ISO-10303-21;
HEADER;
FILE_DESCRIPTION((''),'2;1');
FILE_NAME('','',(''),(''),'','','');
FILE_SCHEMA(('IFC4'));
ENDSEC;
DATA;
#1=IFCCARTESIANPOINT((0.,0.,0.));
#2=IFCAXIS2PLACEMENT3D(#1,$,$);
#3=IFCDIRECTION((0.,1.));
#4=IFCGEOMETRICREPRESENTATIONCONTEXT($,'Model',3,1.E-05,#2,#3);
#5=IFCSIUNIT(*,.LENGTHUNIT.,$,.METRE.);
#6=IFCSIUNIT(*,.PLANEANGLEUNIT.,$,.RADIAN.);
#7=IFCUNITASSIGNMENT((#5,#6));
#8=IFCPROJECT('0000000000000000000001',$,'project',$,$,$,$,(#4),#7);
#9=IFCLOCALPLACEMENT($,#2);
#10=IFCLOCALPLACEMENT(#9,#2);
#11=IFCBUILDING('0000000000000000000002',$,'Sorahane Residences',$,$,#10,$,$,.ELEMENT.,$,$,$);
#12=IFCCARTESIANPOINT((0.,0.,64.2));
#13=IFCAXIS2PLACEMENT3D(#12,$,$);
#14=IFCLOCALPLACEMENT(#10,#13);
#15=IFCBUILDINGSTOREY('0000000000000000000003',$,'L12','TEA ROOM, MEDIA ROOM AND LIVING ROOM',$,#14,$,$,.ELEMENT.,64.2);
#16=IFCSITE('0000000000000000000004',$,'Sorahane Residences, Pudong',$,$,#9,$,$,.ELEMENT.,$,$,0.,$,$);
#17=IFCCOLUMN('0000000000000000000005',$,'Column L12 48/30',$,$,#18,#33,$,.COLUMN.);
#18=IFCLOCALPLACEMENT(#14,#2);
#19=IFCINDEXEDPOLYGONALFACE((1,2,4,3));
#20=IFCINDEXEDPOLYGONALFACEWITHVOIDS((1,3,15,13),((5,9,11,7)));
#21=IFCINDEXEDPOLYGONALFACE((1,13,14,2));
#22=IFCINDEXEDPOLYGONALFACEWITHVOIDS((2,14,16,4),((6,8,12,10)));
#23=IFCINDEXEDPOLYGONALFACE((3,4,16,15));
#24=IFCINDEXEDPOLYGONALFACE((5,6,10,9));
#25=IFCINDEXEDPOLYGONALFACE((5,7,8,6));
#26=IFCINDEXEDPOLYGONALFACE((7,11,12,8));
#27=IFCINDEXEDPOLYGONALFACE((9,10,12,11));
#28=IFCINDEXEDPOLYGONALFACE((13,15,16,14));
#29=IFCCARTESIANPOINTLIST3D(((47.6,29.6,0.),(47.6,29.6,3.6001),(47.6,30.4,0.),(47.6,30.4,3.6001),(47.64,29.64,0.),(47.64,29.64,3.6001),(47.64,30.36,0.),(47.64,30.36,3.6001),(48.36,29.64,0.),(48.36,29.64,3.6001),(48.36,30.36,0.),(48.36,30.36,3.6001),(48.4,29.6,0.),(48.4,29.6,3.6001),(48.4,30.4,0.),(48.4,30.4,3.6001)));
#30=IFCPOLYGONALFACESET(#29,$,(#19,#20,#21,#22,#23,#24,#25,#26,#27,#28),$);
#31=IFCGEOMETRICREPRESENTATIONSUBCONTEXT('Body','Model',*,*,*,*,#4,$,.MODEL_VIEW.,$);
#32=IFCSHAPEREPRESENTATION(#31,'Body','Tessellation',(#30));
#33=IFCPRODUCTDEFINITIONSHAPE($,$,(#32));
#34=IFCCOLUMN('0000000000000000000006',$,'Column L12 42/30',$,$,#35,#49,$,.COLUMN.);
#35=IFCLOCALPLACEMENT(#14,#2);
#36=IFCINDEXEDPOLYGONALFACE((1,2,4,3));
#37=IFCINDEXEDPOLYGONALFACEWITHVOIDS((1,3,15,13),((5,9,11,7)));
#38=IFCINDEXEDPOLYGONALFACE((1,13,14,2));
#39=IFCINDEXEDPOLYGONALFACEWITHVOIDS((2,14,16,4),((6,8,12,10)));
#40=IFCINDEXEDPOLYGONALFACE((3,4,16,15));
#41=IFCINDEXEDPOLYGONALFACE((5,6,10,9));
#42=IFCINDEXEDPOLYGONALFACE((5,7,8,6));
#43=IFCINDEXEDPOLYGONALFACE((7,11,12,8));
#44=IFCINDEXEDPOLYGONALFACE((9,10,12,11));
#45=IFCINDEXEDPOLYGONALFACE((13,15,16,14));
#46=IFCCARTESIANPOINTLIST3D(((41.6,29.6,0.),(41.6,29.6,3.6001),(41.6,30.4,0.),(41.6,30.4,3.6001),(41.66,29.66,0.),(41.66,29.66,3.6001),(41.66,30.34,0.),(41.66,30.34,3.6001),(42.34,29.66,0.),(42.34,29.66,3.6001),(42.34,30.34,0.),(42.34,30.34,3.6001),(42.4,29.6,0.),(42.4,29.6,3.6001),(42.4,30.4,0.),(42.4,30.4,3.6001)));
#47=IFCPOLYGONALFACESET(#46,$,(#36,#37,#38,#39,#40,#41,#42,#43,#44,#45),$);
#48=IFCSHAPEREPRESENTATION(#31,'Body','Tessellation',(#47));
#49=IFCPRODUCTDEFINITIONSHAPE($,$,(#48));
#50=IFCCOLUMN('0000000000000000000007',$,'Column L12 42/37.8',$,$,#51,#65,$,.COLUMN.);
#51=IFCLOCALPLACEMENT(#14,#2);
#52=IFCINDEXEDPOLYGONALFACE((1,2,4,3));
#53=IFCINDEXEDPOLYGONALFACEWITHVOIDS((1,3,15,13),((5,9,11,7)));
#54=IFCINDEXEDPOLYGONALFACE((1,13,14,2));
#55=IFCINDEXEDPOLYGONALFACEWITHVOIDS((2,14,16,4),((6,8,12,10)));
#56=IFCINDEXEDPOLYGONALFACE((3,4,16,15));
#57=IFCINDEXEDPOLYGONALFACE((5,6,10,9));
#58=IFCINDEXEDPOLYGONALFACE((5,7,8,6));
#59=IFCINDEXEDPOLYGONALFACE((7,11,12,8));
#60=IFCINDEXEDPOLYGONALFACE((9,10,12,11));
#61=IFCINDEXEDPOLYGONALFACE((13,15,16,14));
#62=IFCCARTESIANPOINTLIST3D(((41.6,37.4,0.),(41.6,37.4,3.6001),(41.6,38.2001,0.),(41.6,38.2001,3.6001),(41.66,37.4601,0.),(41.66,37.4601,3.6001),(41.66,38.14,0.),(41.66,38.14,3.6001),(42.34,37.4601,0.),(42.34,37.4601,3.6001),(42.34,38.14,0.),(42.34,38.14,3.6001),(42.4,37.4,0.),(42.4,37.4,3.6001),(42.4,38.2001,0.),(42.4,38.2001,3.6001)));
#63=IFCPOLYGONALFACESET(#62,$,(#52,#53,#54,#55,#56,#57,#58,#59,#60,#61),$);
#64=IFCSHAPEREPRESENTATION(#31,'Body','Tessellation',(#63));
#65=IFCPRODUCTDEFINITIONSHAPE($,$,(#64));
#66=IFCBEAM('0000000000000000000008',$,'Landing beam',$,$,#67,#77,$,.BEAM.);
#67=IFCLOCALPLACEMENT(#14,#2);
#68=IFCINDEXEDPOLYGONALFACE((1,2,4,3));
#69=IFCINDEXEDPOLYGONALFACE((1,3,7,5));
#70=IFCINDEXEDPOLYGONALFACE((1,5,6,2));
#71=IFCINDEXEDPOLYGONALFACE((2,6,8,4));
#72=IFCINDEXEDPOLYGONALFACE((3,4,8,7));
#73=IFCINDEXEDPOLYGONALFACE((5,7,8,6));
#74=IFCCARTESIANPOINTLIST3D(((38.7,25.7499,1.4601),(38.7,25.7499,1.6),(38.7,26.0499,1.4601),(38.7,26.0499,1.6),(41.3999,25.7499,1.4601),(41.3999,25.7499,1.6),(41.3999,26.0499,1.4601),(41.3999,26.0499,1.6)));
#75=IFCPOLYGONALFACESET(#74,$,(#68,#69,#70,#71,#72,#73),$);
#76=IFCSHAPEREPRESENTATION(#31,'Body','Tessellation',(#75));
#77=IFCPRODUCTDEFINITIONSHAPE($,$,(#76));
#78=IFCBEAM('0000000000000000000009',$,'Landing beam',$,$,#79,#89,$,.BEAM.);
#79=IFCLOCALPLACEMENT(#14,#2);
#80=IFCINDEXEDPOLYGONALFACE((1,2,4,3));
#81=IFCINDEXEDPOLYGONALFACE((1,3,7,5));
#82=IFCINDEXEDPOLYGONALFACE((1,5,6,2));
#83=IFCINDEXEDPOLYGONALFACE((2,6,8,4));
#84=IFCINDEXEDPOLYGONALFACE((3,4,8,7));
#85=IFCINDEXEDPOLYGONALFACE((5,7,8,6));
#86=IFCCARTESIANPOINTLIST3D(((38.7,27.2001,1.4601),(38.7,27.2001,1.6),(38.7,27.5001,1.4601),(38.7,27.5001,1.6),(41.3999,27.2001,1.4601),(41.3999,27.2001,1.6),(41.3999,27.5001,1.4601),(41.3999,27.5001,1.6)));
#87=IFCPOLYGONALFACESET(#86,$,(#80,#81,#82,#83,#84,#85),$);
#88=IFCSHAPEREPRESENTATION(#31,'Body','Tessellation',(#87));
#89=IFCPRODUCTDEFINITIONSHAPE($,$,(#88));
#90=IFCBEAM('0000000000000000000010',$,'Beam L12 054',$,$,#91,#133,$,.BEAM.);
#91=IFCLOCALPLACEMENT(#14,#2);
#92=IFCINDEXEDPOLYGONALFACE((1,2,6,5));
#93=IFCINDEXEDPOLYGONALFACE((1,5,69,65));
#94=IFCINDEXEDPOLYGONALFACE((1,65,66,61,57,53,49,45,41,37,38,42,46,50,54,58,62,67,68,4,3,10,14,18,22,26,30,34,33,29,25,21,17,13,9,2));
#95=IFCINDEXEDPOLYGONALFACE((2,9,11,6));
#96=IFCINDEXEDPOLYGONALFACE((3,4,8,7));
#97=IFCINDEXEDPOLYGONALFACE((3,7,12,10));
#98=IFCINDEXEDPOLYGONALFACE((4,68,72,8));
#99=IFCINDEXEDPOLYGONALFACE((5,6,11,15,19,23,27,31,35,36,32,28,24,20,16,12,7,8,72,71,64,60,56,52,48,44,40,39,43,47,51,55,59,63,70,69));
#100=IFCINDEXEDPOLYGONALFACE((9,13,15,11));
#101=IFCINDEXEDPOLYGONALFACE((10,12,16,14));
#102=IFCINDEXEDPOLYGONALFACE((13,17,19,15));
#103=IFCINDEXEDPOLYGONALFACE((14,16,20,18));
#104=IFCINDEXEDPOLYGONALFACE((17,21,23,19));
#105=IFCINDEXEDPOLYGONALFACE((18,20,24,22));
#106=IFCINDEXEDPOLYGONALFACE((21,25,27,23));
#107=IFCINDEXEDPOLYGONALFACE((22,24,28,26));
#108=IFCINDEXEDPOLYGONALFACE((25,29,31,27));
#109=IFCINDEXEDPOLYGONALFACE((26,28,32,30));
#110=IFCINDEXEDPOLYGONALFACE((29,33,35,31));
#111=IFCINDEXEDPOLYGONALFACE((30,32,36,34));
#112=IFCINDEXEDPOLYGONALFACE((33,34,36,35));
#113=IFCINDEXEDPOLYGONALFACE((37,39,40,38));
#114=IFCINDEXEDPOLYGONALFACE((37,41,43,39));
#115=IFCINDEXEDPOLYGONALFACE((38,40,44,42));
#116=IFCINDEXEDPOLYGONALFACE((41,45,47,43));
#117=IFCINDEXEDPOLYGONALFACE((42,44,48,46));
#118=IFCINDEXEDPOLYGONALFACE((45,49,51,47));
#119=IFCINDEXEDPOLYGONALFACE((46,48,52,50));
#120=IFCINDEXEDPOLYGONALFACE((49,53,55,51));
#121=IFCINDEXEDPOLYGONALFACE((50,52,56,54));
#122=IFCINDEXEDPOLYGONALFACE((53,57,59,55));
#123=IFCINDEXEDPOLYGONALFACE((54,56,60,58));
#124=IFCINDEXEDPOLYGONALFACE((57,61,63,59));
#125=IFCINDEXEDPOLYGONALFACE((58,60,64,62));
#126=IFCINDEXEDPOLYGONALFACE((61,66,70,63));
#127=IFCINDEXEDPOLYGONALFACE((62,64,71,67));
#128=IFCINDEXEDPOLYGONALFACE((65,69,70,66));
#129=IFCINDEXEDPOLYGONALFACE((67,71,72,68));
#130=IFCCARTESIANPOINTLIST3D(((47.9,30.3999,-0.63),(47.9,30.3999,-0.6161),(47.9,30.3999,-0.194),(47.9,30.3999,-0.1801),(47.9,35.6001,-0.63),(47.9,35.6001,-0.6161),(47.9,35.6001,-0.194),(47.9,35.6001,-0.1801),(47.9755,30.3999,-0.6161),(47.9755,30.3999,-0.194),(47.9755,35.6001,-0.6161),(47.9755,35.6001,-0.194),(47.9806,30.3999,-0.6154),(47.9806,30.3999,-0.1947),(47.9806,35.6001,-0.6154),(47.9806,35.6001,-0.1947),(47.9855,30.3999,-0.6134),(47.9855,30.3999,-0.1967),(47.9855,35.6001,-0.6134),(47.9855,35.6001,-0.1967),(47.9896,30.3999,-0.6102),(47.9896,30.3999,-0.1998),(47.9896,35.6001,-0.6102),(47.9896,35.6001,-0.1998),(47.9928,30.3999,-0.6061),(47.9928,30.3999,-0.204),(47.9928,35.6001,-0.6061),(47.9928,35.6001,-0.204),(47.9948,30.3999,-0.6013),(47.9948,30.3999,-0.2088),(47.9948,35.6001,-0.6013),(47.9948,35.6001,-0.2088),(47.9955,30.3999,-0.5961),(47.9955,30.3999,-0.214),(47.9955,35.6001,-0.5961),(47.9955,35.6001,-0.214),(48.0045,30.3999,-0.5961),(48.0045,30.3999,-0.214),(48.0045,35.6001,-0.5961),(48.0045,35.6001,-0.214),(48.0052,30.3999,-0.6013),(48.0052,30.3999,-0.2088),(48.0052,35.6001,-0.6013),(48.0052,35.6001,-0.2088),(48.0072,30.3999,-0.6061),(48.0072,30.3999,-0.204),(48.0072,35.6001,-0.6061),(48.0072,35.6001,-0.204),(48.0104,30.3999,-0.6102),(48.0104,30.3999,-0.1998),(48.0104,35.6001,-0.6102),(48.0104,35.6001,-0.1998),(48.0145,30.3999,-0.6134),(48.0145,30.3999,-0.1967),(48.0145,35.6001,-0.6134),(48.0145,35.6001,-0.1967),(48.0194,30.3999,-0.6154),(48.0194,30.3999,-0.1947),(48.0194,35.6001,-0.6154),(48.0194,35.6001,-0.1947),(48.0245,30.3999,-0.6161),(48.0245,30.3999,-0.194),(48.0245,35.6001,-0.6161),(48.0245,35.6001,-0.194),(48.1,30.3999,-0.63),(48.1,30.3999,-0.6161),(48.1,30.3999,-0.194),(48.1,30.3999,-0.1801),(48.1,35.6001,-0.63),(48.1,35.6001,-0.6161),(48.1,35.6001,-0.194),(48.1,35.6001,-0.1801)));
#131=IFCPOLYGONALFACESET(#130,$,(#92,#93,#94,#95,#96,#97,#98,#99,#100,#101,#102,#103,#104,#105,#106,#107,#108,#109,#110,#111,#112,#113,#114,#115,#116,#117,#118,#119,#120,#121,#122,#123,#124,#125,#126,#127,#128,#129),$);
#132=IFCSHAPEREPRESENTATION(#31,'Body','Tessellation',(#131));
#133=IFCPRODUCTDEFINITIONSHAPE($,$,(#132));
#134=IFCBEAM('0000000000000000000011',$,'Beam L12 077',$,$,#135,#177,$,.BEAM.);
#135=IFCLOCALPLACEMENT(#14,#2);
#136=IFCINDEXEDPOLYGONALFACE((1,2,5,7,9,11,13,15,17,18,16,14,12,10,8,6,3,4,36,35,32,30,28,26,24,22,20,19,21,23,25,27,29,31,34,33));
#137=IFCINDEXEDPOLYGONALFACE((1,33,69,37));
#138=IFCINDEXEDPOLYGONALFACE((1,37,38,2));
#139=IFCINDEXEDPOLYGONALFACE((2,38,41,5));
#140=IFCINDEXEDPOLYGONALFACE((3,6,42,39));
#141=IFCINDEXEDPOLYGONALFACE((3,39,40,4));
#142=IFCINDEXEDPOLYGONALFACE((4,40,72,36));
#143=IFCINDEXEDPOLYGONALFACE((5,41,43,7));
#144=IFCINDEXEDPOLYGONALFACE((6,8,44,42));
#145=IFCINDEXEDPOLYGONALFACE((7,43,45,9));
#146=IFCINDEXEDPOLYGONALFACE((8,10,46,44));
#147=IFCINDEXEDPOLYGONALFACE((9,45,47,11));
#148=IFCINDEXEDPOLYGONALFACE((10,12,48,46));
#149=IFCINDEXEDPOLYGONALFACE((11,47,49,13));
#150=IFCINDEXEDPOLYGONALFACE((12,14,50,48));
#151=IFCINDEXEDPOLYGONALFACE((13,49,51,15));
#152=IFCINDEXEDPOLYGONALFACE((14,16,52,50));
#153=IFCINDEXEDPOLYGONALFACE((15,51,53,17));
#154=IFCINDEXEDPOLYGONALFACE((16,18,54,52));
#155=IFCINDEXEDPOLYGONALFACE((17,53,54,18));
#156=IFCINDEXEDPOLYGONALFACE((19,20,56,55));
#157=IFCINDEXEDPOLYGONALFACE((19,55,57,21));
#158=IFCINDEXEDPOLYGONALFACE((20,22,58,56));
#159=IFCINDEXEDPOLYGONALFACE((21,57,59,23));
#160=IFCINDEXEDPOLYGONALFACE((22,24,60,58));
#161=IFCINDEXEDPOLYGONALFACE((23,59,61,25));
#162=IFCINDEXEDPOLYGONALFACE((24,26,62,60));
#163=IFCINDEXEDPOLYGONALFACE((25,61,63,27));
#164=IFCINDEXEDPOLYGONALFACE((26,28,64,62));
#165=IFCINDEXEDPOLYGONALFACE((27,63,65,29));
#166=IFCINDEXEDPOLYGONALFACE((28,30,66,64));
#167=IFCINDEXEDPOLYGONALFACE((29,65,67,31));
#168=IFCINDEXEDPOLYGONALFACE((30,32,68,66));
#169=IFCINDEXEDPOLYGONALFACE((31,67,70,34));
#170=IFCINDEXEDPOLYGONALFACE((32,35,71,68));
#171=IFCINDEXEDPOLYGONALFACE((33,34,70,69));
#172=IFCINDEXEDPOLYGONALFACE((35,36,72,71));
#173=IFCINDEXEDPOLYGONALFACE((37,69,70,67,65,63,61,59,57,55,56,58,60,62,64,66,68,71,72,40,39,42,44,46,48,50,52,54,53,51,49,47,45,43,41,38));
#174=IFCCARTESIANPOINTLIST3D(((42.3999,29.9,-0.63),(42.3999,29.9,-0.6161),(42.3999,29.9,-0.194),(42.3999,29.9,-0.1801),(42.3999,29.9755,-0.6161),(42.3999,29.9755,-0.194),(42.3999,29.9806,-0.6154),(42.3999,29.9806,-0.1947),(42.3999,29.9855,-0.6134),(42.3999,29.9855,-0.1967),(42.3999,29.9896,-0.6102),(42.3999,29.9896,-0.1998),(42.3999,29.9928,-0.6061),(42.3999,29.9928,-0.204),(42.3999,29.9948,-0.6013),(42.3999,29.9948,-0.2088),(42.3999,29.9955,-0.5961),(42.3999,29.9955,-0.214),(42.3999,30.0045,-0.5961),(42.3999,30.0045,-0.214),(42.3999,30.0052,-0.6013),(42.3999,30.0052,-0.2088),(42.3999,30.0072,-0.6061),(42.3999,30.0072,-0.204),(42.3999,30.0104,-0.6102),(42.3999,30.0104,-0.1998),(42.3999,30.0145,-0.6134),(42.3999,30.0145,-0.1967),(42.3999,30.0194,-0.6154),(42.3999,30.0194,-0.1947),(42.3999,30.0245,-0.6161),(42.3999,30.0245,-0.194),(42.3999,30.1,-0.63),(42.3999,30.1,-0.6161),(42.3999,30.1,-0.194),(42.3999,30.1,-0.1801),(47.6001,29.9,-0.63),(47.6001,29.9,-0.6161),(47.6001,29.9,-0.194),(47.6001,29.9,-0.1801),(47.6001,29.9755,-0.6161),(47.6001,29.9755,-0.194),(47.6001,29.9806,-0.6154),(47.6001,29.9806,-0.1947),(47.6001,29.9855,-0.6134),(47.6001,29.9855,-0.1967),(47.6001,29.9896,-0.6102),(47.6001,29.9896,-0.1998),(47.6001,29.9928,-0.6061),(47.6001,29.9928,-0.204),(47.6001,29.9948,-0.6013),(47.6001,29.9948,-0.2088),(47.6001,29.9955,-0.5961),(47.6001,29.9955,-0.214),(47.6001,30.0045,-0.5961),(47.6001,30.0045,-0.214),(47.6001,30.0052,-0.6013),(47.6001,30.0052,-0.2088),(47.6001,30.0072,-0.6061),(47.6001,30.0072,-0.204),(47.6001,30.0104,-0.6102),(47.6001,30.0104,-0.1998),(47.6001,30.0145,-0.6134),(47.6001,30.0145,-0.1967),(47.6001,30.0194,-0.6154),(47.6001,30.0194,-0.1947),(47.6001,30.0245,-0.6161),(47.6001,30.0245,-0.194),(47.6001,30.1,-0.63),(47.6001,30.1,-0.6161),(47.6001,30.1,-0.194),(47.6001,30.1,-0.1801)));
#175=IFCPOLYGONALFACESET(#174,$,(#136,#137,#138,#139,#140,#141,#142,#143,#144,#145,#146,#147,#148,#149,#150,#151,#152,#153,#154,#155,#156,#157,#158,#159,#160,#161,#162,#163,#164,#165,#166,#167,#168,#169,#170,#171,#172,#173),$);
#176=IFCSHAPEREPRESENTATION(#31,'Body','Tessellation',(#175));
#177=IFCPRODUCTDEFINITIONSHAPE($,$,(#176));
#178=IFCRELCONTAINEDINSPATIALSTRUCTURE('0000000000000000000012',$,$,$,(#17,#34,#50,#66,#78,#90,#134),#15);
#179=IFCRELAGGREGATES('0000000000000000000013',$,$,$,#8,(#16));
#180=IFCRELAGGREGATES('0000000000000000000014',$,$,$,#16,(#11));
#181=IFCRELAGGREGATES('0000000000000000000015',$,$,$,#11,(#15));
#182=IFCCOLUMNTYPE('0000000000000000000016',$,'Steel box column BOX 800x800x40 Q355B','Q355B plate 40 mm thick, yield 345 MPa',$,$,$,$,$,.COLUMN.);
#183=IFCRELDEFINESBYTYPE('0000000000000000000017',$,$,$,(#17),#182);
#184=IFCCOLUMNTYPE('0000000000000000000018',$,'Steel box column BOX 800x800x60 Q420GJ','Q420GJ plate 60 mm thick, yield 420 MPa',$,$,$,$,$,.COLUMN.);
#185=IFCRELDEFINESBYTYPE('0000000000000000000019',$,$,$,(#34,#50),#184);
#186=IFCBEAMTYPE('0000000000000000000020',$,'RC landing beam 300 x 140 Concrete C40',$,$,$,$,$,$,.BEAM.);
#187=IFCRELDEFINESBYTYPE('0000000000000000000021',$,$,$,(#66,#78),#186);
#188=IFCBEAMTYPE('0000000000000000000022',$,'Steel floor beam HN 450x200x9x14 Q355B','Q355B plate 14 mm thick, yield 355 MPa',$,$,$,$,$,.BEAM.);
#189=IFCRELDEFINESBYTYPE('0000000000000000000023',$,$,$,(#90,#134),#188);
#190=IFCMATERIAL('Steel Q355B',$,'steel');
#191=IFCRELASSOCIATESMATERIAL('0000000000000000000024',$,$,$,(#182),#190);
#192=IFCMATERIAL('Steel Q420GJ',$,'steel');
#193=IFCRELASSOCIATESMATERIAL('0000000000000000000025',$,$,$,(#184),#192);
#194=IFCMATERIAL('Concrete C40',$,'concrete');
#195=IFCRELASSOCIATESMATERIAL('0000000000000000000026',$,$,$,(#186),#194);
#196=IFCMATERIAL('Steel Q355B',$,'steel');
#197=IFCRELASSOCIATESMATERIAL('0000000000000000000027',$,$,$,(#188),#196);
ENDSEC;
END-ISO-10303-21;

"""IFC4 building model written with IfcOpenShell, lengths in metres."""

from ifc_helpers import new_model, si_unit, direction, frame, origin, origin_2d, place, context, subcontext, project, spatial, rectangle, hollow_rectangle, i_section, extrude, material, material_profile, profile_set, type_object, element, save


model = new_model("IFC4")

# Units and contexts
model_context = context("Model", 3, precision=1e-05, world=origin(), true_north=direction((0.0, 1.0)))
body_context = subcontext(model_context, "Body", "Model", "MODEL_VIEW")
ifc_project = project(units=[si_unit("LENGTHUNIT", "METRE"), si_unit("PLANEANGLEUNIT", "RADIAN")], contexts=[model_context])

# Site, building, storey
site_placement = place(None, origin())
site = spatial("IfcSite", under=ifc_project, at=site_placement, Name="Sorahane Residences, Pudong", CompositionType="ELEMENT", RefElevation=0.0)
building_placement = place(site_placement, origin())
building = spatial("IfcBuilding", under=site, at=building_placement, Name="Sorahane Residences", CompositionType="ELEMENT")
storey_placement = place(building_placement, frame((0.0, 0.0, 64.2)))
storey = spatial("IfcBuildingStorey", under=building, at=storey_placement, Name="L12", Description="TEA ROOM, MEDIA ROOM AND LIVING ROOM", CompositionType="ELEMENT", Elevation=64.2)

# Columns
ifc_material_1 = material(Name="Steel Q355B", Category="steel")
ifc_material_profile_1 = material_profile(ifc_material_1, hollow_rectangle(XDim=0.8, YDim=0.8, WallThickness=0.04, at=origin_2d()), Name="BOX 800x800x40")
ifc_profile_set_1 = profile_set([ifc_material_profile_1], Name="Steel Q355B")
column_type_1 = type_object("IfcColumnType", Name="Steel box column BOX 800x800x40 Q355B", Description="Q355B plate 40 mm thick, yield 345 MPa", PredefinedType="COLUMN", material=ifc_profile_set_1)
column_placement = place(storey_placement, frame((48.0, 30.0, 0.0), z_axis=(0.0, 0.0, 1.0), x_axis=(1.0, 0.0, 0.0)))
element("IfcColumn", 1, at=column_placement, inside=storey, type_object=column_type_1, Name="Column L12 48/30", PredefinedType="COLUMN", context=body_context, shape_type="SweptSolid", body=[
    extrude(hollow_rectangle(XDim=0.8, YDim=0.8, WallThickness=0.04, at=origin_2d()), origin(), (0.0, 0.0, 1.0), 3.6001),
])
ifc_material_2 = material(Name="Steel Q420GJ", Category="steel")
ifc_material_profile_2 = material_profile(ifc_material_2, hollow_rectangle(XDim=0.8, YDim=0.8, WallThickness=0.0601, at=origin_2d()), Name="BOX 800x800x60")
ifc_profile_set_2 = profile_set([ifc_material_profile_2], Name="Steel Q420GJ")
column_type_2 = type_object("IfcColumnType", Name="Steel box column BOX 800x800x60 Q420GJ", Description="Q420GJ plate 60 mm thick, yield 420 MPa", PredefinedType="COLUMN", material=ifc_profile_set_2)
for number, where, z_axis, x_axis, name in (
    (2, (42.0, 30.0, 0.0), (0.0, 0.0, 1.0), (1.0, 0.0, 0.0), "Column L12 42/30"),
    (3, (42.0, 37.8, 0.0), (0.0, 0.0, 1.0), (1.0, 0.0, 0.0), "Column L12 42/37.8"),
):
    element("IfcColumn", number, at=place(storey_placement, frame(where, z_axis=z_axis, x_axis=x_axis)), inside=storey, type_object=column_type_2, Name=name, PredefinedType="COLUMN", context=body_context, shape_type="SweptSolid", body=[
        extrude(hollow_rectangle(XDim=0.8, YDim=0.8, WallThickness=0.0601, at=origin_2d()), origin(), (0.0, 0.0, 1.0), 3.6001),
    ])

# Beams
ifc_material_3 = material(Name="Concrete C40", Category="concrete")
ifc_material_profile_3 = material_profile(ifc_material_3, rectangle(XDim=0.3, YDim=0.1399, at=origin_2d()), Name="300x140")
ifc_profile_set_3 = profile_set([ifc_material_profile_3], Name="Concrete C40")
beam_type_1 = type_object("IfcBeamType", Name="RC landing beam 300 x 140 Concrete C40", PredefinedType="BEAM", material=ifc_profile_set_3)
for number, where, z_axis, x_axis, name in (
    (4, (38.7, 25.8999, 1.53), (1.0, 0.0, 0.0), (0.0, 1.0, 0.0), "Landing beam"),
    (5, (38.7, 27.3501, 1.53), (1.0, 0.0, 0.0), (0.0, 1.0, 0.0), "Landing beam"),
):
    element("IfcBeam", number, at=place(storey_placement, frame(where, z_axis=z_axis, x_axis=x_axis)), inside=storey, type_object=beam_type_1, Name=name, PredefinedType="BEAM", context=body_context, shape_type="SweptSolid", body=[
        extrude(rectangle(XDim=0.3, YDim=0.1399, at=origin_2d()), origin(), (0.0, 0.0, 1.0), 2.7),
    ])
ifc_material_4 = material(Name="Steel Q355B", Category="steel")
ifc_material_profile_4 = material_profile(ifc_material_4, i_section(OverallWidth=0.2, OverallDepth=0.45, WebThickness=0.009, FlangeThickness=0.0139, FilletRadius=0.02, at=origin_2d()), Name="HN 450x200x9x14")
ifc_profile_set_4 = profile_set([ifc_material_profile_4], Name="Steel Q355B")
beam_type_2 = type_object("IfcBeamType", Name="Steel floor beam HN 450x200x9x14 Q355B", Description="Q355B plate 14 mm thick, yield 355 MPa", PredefinedType="BEAM", material=ifc_profile_set_4)
for number, where, z_axis, x_axis, name in (
    (6, (48.0, 30.3999, -0.405), (0.0, 1.0, 0.0), (-1.0, 0.0, 0.0), "Beam L12 054"),
    (7, (42.3999, 30.0, -0.405), (1.0, 0.0, 0.0), (0.0, 1.0, 0.0), "Beam L12 077"),
):
    element("IfcBeam", number, at=place(storey_placement, frame(where, z_axis=z_axis, x_axis=x_axis)), inside=storey, type_object=beam_type_2, Name=name, PredefinedType="BEAM", context=body_context, shape_type="SweptSolid", body=[
        extrude(i_section(OverallWidth=0.2, OverallDepth=0.45, WebThickness=0.009, FlangeThickness=0.0139, FilletRadius=0.02, at=origin_2d()), origin(), (0.0, 0.0, 1.0), 5.2002),
    ])

save(model, "model.ifc")
